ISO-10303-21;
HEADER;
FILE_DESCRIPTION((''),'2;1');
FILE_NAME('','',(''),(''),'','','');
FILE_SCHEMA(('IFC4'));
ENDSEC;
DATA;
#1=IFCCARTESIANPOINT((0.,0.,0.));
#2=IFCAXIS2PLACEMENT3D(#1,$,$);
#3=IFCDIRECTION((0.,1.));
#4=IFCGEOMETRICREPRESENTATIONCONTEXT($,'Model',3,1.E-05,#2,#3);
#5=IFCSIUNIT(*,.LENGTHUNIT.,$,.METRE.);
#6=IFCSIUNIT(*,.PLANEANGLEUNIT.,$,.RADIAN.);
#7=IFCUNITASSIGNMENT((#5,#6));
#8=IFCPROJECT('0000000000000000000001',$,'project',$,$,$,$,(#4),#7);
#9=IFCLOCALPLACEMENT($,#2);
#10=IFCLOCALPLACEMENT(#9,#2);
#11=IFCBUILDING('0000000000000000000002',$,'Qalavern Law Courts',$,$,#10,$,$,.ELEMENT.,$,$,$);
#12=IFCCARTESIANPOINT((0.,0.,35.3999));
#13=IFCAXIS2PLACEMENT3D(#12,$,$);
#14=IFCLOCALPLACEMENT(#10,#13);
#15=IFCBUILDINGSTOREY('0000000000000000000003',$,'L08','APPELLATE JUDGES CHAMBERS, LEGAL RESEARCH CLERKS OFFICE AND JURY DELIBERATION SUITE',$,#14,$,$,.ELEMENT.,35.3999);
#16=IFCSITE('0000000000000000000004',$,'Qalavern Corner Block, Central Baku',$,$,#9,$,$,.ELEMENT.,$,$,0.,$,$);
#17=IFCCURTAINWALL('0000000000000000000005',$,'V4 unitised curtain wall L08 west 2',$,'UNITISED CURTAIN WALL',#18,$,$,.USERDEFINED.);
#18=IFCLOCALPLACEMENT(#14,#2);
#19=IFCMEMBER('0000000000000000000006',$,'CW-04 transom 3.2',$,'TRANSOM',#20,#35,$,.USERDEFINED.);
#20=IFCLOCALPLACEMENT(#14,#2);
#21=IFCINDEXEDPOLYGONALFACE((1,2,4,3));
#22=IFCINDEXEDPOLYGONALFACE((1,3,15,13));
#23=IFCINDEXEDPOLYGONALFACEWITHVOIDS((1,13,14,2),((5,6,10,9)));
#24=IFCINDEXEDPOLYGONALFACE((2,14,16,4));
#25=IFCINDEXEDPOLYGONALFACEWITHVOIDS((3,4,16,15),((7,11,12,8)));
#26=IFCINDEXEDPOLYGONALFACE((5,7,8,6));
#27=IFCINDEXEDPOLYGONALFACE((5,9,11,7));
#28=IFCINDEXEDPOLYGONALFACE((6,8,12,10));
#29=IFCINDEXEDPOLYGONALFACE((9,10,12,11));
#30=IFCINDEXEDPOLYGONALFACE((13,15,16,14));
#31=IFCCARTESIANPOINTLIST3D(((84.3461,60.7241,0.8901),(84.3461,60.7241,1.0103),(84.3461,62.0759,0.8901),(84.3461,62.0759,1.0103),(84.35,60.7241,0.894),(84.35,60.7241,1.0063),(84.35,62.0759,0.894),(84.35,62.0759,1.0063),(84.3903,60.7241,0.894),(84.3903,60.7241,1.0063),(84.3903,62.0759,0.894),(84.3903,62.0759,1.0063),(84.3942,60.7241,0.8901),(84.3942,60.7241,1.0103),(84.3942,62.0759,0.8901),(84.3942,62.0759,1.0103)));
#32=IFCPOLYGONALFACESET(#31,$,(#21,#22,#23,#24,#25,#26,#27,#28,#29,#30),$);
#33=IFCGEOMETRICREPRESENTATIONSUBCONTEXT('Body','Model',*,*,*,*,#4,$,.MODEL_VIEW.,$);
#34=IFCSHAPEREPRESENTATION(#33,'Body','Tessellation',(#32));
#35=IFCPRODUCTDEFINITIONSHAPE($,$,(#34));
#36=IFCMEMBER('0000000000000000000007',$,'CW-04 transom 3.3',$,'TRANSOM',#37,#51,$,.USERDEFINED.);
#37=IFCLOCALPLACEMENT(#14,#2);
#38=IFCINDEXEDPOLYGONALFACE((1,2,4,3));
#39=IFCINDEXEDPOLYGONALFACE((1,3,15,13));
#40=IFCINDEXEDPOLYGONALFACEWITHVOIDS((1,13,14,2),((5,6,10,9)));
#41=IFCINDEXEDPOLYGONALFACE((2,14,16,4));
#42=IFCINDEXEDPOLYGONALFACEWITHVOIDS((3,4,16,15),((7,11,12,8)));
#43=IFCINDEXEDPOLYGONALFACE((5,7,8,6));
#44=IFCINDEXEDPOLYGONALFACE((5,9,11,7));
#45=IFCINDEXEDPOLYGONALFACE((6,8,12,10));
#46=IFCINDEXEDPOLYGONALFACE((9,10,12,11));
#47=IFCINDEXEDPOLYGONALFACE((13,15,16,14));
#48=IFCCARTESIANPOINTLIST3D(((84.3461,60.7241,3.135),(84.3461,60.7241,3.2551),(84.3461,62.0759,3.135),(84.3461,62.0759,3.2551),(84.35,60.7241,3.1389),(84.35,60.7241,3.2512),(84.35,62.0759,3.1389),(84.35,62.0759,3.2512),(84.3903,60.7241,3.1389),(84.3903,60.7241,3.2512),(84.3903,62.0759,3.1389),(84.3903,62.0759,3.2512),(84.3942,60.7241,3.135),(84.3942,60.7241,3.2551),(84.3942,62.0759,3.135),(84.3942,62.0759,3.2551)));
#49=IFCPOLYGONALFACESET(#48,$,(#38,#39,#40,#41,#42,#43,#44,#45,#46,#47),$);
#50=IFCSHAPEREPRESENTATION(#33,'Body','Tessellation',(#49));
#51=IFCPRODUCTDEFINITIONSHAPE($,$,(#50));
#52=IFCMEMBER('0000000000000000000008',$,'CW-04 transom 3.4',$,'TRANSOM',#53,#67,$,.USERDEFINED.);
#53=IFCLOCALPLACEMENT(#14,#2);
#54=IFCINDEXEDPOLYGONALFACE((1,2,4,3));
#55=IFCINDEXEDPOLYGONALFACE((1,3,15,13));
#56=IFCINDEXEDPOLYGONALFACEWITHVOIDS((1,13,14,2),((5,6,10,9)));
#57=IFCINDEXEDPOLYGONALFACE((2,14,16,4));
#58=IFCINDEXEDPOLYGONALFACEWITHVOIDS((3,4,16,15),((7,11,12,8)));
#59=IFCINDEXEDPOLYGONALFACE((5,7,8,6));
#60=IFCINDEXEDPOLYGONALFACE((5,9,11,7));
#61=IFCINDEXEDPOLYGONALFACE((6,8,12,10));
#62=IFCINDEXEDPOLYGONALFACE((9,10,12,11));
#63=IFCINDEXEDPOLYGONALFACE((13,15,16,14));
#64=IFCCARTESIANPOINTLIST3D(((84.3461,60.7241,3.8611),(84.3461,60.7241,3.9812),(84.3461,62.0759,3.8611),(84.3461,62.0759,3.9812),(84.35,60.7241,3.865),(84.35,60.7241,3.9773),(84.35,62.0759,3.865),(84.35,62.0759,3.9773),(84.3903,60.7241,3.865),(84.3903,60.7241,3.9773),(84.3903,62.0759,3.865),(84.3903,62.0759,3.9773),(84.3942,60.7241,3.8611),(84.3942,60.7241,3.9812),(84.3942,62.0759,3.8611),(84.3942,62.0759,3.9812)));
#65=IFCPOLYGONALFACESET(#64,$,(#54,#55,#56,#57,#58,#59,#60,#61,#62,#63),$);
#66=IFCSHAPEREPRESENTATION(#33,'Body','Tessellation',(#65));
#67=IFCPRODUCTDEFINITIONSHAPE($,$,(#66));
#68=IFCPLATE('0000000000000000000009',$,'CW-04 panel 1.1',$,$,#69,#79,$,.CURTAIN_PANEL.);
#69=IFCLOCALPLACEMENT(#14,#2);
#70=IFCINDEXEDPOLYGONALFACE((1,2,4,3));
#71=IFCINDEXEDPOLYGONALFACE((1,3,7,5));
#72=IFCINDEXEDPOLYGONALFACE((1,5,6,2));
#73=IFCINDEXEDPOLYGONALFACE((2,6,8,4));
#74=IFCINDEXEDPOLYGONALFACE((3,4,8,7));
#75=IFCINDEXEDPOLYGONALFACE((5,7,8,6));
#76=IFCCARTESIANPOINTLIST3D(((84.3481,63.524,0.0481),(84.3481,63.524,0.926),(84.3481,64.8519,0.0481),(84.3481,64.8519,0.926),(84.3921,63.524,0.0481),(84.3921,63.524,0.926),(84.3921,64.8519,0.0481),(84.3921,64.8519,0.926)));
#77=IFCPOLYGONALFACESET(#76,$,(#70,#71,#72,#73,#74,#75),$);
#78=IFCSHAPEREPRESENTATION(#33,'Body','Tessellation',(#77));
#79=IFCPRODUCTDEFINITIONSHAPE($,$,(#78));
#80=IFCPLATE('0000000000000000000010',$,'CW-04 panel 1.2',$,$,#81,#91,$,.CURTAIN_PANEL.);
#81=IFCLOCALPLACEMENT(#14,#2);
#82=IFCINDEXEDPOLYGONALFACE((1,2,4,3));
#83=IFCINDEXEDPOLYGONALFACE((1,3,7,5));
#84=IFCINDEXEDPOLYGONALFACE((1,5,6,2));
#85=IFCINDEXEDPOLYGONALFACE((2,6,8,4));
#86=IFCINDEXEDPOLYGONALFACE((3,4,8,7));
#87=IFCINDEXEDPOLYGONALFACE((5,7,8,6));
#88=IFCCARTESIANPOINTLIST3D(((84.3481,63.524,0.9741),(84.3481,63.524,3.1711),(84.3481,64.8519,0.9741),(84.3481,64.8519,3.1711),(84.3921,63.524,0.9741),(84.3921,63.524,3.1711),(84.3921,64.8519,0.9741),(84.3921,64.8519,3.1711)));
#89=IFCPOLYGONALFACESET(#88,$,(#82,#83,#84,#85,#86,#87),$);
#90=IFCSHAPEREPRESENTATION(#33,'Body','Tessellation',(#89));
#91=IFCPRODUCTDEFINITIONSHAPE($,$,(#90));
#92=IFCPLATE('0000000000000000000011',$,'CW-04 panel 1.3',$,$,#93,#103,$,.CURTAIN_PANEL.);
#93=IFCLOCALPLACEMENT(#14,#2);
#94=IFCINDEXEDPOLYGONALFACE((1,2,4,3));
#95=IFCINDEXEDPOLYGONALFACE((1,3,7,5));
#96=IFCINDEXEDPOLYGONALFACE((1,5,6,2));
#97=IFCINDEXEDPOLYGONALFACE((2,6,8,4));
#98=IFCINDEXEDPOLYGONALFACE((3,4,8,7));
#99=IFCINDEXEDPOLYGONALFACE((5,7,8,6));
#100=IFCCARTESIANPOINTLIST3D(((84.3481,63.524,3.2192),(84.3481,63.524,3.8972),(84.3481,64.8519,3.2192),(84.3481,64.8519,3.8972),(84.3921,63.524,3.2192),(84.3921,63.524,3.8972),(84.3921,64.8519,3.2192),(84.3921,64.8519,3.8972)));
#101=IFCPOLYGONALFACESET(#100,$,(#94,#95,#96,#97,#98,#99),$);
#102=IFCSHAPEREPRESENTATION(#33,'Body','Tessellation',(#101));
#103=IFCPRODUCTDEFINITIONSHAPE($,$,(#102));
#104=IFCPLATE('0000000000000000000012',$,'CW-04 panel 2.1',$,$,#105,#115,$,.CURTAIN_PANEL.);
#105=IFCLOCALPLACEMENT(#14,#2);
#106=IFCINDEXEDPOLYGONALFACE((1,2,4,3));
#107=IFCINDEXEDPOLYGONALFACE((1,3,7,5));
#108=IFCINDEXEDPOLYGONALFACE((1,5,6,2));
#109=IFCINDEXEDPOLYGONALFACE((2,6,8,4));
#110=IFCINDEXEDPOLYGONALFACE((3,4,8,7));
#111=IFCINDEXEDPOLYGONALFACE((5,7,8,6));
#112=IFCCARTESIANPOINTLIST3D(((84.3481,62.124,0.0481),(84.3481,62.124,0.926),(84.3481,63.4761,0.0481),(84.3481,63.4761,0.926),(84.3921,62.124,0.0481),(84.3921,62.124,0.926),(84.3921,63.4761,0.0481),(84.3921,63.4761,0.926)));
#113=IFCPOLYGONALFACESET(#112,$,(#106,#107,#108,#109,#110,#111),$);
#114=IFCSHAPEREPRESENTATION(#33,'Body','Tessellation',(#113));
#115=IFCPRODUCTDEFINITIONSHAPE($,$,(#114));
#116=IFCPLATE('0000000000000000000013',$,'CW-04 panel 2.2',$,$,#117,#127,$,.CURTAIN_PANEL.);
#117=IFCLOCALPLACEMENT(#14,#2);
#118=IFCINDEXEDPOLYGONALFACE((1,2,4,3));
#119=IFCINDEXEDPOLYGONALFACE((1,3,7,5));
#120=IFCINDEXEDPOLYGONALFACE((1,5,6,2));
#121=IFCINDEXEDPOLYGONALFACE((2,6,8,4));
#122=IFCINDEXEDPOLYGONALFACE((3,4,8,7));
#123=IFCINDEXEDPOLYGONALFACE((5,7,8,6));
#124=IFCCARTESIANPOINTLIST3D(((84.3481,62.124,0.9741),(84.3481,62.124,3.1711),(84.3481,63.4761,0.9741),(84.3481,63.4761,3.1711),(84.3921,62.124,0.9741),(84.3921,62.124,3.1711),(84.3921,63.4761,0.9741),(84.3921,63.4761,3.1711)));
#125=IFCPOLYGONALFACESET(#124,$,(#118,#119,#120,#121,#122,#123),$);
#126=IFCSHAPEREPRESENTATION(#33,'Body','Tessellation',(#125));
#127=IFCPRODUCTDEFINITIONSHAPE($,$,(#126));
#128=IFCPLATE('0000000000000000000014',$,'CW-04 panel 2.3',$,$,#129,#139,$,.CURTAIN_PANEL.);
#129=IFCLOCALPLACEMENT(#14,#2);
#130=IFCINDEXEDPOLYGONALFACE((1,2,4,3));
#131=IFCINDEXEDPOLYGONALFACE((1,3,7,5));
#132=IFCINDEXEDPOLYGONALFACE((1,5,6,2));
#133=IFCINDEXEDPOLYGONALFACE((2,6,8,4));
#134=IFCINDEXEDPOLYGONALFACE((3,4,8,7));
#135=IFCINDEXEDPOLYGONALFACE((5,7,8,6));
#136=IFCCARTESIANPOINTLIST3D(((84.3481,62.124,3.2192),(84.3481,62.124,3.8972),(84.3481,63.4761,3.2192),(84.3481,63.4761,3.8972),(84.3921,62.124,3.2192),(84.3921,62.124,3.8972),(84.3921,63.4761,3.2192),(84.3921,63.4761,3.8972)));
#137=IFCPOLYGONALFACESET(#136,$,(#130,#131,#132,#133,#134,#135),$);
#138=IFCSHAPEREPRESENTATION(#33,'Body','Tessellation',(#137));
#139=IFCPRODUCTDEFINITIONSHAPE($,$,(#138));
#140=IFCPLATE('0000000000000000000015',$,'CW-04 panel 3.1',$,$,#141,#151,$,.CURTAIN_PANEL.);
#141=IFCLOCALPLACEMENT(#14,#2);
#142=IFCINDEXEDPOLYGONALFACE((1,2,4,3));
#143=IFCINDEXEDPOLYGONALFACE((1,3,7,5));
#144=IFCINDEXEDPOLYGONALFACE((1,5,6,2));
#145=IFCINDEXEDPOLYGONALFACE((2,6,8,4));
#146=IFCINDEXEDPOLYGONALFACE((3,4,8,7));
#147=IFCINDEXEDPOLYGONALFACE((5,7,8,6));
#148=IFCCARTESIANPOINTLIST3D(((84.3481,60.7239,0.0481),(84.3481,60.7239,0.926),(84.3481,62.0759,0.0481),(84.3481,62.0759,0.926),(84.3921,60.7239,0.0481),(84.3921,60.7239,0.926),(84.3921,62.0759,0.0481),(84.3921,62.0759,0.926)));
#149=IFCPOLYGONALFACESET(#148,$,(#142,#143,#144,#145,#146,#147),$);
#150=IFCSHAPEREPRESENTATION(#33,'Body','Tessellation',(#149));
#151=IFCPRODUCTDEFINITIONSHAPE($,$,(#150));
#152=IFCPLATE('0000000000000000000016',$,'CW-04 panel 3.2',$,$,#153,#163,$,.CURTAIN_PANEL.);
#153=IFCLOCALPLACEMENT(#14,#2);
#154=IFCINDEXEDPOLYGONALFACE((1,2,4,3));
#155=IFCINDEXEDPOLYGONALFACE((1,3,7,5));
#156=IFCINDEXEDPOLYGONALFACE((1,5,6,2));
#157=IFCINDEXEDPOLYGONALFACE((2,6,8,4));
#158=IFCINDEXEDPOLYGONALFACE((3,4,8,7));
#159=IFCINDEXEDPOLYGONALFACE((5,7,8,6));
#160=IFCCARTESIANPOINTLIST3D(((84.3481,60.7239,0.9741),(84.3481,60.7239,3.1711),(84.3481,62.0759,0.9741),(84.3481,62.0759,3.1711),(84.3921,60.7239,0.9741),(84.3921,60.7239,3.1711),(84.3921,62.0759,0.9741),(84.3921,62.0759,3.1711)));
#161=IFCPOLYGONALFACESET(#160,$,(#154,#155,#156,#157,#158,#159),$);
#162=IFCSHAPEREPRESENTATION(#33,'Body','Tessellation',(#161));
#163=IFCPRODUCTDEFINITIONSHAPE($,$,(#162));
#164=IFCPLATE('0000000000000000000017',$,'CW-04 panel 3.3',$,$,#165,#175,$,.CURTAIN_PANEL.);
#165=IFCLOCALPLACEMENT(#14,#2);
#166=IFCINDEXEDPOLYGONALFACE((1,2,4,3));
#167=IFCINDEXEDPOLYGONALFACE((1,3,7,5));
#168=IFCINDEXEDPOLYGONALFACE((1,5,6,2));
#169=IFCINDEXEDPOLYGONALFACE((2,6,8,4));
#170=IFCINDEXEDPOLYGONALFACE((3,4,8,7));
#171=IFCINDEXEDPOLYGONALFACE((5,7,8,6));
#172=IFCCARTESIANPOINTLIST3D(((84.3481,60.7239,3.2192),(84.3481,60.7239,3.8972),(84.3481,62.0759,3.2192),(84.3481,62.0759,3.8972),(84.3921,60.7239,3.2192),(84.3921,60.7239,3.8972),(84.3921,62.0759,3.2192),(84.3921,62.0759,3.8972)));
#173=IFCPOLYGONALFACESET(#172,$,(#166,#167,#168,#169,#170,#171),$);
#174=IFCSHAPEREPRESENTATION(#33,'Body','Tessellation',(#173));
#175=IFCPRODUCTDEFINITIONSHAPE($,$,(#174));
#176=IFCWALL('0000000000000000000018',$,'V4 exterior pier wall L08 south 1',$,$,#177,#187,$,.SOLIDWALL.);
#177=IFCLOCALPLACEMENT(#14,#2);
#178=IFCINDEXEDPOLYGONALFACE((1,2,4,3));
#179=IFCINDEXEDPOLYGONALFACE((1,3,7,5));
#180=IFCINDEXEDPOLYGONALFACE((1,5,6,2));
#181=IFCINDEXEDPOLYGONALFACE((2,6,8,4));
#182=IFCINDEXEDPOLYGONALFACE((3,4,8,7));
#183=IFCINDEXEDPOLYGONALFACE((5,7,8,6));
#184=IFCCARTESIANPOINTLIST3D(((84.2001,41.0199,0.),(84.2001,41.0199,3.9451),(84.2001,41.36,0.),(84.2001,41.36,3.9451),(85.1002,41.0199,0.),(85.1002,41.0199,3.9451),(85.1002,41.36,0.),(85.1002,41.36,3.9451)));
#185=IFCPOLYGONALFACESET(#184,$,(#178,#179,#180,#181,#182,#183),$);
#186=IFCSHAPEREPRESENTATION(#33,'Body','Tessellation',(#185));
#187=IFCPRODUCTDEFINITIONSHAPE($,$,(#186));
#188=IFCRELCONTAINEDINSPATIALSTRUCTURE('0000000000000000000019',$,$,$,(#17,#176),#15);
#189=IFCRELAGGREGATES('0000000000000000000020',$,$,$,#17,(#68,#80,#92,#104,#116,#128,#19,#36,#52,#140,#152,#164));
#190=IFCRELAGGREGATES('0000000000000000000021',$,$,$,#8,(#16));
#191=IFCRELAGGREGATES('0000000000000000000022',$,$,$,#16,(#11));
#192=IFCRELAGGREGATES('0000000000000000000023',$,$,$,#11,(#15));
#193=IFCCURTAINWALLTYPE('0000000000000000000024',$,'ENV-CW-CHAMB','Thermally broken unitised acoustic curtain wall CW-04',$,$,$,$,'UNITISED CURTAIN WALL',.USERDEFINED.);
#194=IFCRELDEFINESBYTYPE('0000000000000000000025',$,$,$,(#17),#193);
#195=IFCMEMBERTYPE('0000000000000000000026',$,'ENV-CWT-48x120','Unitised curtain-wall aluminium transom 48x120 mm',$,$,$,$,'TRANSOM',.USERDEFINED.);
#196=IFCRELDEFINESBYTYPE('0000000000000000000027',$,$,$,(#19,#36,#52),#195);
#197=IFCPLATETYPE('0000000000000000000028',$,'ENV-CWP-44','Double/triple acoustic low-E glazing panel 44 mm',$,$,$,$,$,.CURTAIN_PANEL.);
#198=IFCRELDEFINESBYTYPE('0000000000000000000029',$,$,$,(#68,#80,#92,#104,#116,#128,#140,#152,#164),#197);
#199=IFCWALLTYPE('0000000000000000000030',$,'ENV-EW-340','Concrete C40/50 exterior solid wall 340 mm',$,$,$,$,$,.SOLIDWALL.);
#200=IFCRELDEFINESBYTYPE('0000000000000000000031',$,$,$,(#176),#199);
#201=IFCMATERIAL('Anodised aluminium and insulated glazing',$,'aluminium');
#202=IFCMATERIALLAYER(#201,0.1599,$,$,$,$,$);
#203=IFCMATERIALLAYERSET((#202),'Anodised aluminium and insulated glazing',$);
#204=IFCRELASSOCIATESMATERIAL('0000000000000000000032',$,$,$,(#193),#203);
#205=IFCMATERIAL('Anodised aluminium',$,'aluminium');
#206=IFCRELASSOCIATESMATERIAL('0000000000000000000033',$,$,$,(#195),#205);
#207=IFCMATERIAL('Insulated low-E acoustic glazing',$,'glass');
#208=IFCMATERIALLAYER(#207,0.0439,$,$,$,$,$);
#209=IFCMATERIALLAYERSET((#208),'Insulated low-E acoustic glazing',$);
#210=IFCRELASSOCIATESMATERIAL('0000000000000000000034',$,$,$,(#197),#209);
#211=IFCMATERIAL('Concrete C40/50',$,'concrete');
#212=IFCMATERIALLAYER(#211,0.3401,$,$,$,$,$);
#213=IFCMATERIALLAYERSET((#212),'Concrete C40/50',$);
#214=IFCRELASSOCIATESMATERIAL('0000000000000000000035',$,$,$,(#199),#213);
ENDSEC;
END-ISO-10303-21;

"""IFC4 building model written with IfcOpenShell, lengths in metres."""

from ifc_helpers import new_model, si_unit, direction, frame, frame_2d, origin, origin_2d, place, context, subcontext, project, spatial, rectangle, hollow_rectangle, extrude, material, layer, layer_set, material_profile, profile_set, type_object, element, aggregate, save


model = new_model("IFC4")

# Units and contexts
model_context = context("Model", 3, precision=1e-05, world=origin(), true_north=direction((0.0, 1.0)))
body_context = subcontext(model_context, "Body", "Model", "MODEL_VIEW")
ifc_project = project(units=[si_unit("LENGTHUNIT", "METRE"), si_unit("PLANEANGLEUNIT", "RADIAN")], contexts=[model_context])

# Site, building, storey
site_placement = place(None, origin())
site = spatial("IfcSite", under=ifc_project, at=site_placement, Name="Qalavern Corner Block, Central Baku", CompositionType="ELEMENT", RefElevation=0.0)
building_placement = place(site_placement, origin())
building = spatial("IfcBuilding", under=site, at=building_placement, Name="Qalavern Law Courts", CompositionType="ELEMENT")
storey_placement = place(building_placement, frame((0.0, 0.0, 35.3999)))
storey = spatial("IfcBuildingStorey", under=building, at=storey_placement, Name="L08", Description="APPELLATE JUDGES CHAMBERS, LEGAL RESEARCH CLERKS OFFICE AND JURY DELIBERATION SUITE", CompositionType="ELEMENT", Elevation=35.3999)

# Curtain wall, members, plates
ifc_material_1 = material(Name="Anodised aluminium and insulated glazing", Category="aluminium")
ifc_layer_1 = layer(ifc_material_1, 0.1599)
ifc_layer_set_1 = layer_set([ifc_layer_1], Name="Anodised aluminium and insulated glazing")
curtain_wall_type = type_object("IfcCurtainWallType", Name="ENV-CW-CHAMB", Description="Thermally broken unitised acoustic curtain wall CW-04", ElementType="UNITISED CURTAIN WALL", PredefinedType="USERDEFINED", material=ifc_layer_set_1)
curtain_wall_placement = place(storey_placement, origin())
curtain_wall = element("IfcCurtainWall", 1, at=curtain_wall_placement, inside=storey, type_object=curtain_wall_type, Name="V4 unitised curtain wall L08 west 2", ObjectType="UNITISED CURTAIN WALL", PredefinedType="USERDEFINED")
ifc_material_2 = material(Name="Anodised aluminium", Category="aluminium")
ifc_material_profile_1 = material_profile(ifc_material_2, hollow_rectangle(XDim=0.0481, YDim=0.1201, WallThickness=0.0039, at=origin_2d()), Name="ALU TRANSOM 48x120")
ifc_profile_set_1 = profile_set([ifc_material_profile_1], Name="Anodised aluminium")
member_type_1 = type_object("IfcMemberType", Name="ENV-CWT-48x120", Description="Unitised curtain-wall aluminium transom 48x120 mm", ElementType="TRANSOM", PredefinedType="USERDEFINED", material=ifc_profile_set_1)
member_1_placement = place(storey_placement, frame((84.3701, 62.0759, 0.9502), z_axis=(0.0, -1.0, 0.0), x_axis=(1.0, 0.0, 0.0)))
member_1 = element("IfcMember", 2, at=member_1_placement, type_object=member_type_1, Name="CW-04 transom 3.2", ObjectType="TRANSOM", PredefinedType="USERDEFINED", context=body_context, shape_type="SweptSolid", body=[
    extrude(hollow_rectangle(XDim=0.0481, YDim=0.1201, WallThickness=0.0039, at=origin_2d()), origin(), (0.0, 0.0, 1.0), 1.3518),
])
member_2_placement = place(storey_placement, frame((84.3701, 62.0759, 3.1951), z_axis=(0.0, -1.0, 0.0), x_axis=(1.0, 0.0, 0.0)))
member_2 = element("IfcMember", 3, at=member_2_placement, type_object=member_type_1, Name="CW-04 transom 3.3", ObjectType="TRANSOM", PredefinedType="USERDEFINED", context=body_context, shape_type="SweptSolid", body=[
    extrude(hollow_rectangle(XDim=0.0481, YDim=0.1201, WallThickness=0.0039, at=origin_2d()), origin(), (0.0, 0.0, 1.0), 1.3518),
])
member_3_placement = place(storey_placement, frame((84.3701, 62.0759, 3.9211), z_axis=(0.0, -1.0, 0.0), x_axis=(1.0, 0.0, 0.0)))
member_3 = element("IfcMember", 4, at=member_3_placement, type_object=member_type_1, Name="CW-04 transom 3.4", ObjectType="TRANSOM", PredefinedType="USERDEFINED", context=body_context, shape_type="SweptSolid", body=[
    extrude(hollow_rectangle(XDim=0.0481, YDim=0.1201, WallThickness=0.0039, at=origin_2d()), origin(), (0.0, 0.0, 1.0), 1.3518),
])
ifc_material_3 = material(Name="Insulated low-E acoustic glazing", Category="glass")
ifc_layer_2 = layer(ifc_material_3, 0.0439)
ifc_layer_set_2 = layer_set([ifc_layer_2], Name="Insulated low-E acoustic glazing")
plate_type = type_object("IfcPlateType", Name="ENV-CWP-44", Description="Double/triple acoustic low-E glazing panel 44 mm", PredefinedType="CURTAIN_PANEL", material=ifc_layer_set_2)
plate_1_placement = place(storey_placement, frame((84.3701, 64.188, 0.0481), z_axis=(0.0, 0.0, 1.0), x_axis=(0.0, -1.0, 0.0)))
plate_1 = element("IfcPlate", 5, at=plate_1_placement, type_object=plate_type, Name="CW-04 panel 1.1", PredefinedType="CURTAIN_PANEL", context=body_context, shape_type="SweptSolid", body=[
    extrude(rectangle(XDim=1.3279, YDim=0.0439, at=origin_2d()), origin(), (0.0, 0.0, 1.0), 0.8779),
])
plate_2_placement = place(storey_placement, frame((84.3701, 64.188, 0.9741), z_axis=(0.0, 0.0, 1.0), x_axis=(0.0, -1.0, 0.0)))
plate_2 = element("IfcPlate", 6, at=plate_2_placement, type_object=plate_type, Name="CW-04 panel 1.2", PredefinedType="CURTAIN_PANEL", context=body_context, shape_type="SweptSolid", body=[
    extrude(rectangle(XDim=1.3279, YDim=0.0439, at=origin_2d()), origin(), (0.0, 0.0, 1.0), 2.197),
])
plate_3_placement = place(storey_placement, frame((84.3701, 64.188, 3.2192), z_axis=(0.0, 0.0, 1.0), x_axis=(0.0, -1.0, 0.0)))
plate_3 = element("IfcPlate", 7, at=plate_3_placement, type_object=plate_type, Name="CW-04 panel 1.3", PredefinedType="CURTAIN_PANEL", context=body_context, shape_type="SweptSolid", body=[
    extrude(rectangle(XDim=1.3279, YDim=0.0439, at=origin_2d()), origin(), (0.0, 0.0, 1.0), 0.678),
])
plate_4_placement = place(storey_placement, frame((84.3701, 62.8, 0.0481), z_axis=(0.0, 0.0, 1.0), x_axis=(0.0, -1.0, 0.0)))
plate_4 = element("IfcPlate", 8, at=plate_4_placement, type_object=plate_type, Name="CW-04 panel 2.1", PredefinedType="CURTAIN_PANEL", context=body_context, shape_type="SweptSolid", body=[
    extrude(rectangle(XDim=1.3521, YDim=0.0439, at=origin_2d()), origin(), (0.0, 0.0, 1.0), 0.8779),
])
plate_5_placement = place(storey_placement, frame((84.3701, 62.8, 0.9741), z_axis=(0.0, 0.0, 1.0), x_axis=(0.0, -1.0, 0.0)))
plate_5 = element("IfcPlate", 9, at=plate_5_placement, type_object=plate_type, Name="CW-04 panel 2.2", PredefinedType="CURTAIN_PANEL", context=body_context, shape_type="SweptSolid", body=[
    extrude(rectangle(XDim=1.3521, YDim=0.0439, at=origin_2d()), origin(), (0.0, 0.0, 1.0), 2.197),
])
plate_6_placement = place(storey_placement, frame((84.3701, 62.8, 3.2192), z_axis=(0.0, 0.0, 1.0), x_axis=(0.0, -1.0, 0.0)))
plate_6 = element("IfcPlate", 10, at=plate_6_placement, type_object=plate_type, Name="CW-04 panel 2.3", PredefinedType="CURTAIN_PANEL", context=body_context, shape_type="SweptSolid", body=[
    extrude(rectangle(XDim=1.3521, YDim=0.0439, at=origin_2d()), origin(), (0.0, 0.0, 1.0), 0.678),
])
plate_7_placement = place(storey_placement, frame((84.3701, 61.3999, 0.0481), z_axis=(0.0, 0.0, 1.0), x_axis=(0.0, -1.0, 0.0)))
plate_7 = element("IfcPlate", 11, at=plate_7_placement, type_object=plate_type, Name="CW-04 panel 3.1", PredefinedType="CURTAIN_PANEL", context=body_context, shape_type="SweptSolid", body=[
    extrude(rectangle(XDim=1.3521, YDim=0.0439, at=origin_2d()), origin(), (0.0, 0.0, 1.0), 0.8779),
])
plate_8_placement = place(storey_placement, frame((84.3701, 61.3999, 0.9741), z_axis=(0.0, 0.0, 1.0), x_axis=(0.0, -1.0, 0.0)))
plate_8 = element("IfcPlate", 12, at=plate_8_placement, type_object=plate_type, Name="CW-04 panel 3.2", PredefinedType="CURTAIN_PANEL", context=body_context, shape_type="SweptSolid", body=[
    extrude(rectangle(XDim=1.3521, YDim=0.0439, at=origin_2d()), origin(), (0.0, 0.0, 1.0), 2.197),
])
plate_9_placement = place(storey_placement, frame((84.3701, 61.3999, 3.2192), z_axis=(0.0, 0.0, 1.0), x_axis=(0.0, -1.0, 0.0)))
plate_9 = element("IfcPlate", 13, at=plate_9_placement, type_object=plate_type, Name="CW-04 panel 3.3", PredefinedType="CURTAIN_PANEL", context=body_context, shape_type="SweptSolid", body=[
    extrude(rectangle(XDim=1.3521, YDim=0.0439, at=origin_2d()), origin(), (0.0, 0.0, 1.0), 0.678),
])
aggregate(curtain_wall, [plate_1, plate_2, plate_3, plate_4, plate_5, plate_6, member_1, member_2, member_3, plate_7, plate_8, plate_9])

# Wall
ifc_material_4 = material(Name="Concrete C40/50", Category="concrete")
ifc_layer_3 = layer(ifc_material_4, 0.3401)
ifc_layer_set_3 = layer_set([ifc_layer_3], Name="Concrete C40/50")
wall_type = type_object("IfcWallType", Name="ENV-EW-340", Description="Concrete C40/50 exterior solid wall 340 mm", PredefinedType="SOLIDWALL", material=ifc_layer_set_3)
wall_1_placement = place(storey_placement, frame((84.2, 41.1899, 0.0), z_axis=(0.0, 0.0, 1.0), x_axis=(1.0, 0.0, 0.0)))
element("IfcWall", 14, at=wall_1_placement, inside=storey, type_object=wall_type, Name="V4 exterior pier wall L08 south 1", PredefinedType="SOLIDWALL", context=body_context, shape_type="SweptSolid", body=[
    extrude(rectangle(XDim=0.9001, YDim=0.3401, at=frame_2d((0.4502, 0.0))), origin(), (0.0, 0.0, 1.0), 3.9451),
])

save(model, "model.ifc")
